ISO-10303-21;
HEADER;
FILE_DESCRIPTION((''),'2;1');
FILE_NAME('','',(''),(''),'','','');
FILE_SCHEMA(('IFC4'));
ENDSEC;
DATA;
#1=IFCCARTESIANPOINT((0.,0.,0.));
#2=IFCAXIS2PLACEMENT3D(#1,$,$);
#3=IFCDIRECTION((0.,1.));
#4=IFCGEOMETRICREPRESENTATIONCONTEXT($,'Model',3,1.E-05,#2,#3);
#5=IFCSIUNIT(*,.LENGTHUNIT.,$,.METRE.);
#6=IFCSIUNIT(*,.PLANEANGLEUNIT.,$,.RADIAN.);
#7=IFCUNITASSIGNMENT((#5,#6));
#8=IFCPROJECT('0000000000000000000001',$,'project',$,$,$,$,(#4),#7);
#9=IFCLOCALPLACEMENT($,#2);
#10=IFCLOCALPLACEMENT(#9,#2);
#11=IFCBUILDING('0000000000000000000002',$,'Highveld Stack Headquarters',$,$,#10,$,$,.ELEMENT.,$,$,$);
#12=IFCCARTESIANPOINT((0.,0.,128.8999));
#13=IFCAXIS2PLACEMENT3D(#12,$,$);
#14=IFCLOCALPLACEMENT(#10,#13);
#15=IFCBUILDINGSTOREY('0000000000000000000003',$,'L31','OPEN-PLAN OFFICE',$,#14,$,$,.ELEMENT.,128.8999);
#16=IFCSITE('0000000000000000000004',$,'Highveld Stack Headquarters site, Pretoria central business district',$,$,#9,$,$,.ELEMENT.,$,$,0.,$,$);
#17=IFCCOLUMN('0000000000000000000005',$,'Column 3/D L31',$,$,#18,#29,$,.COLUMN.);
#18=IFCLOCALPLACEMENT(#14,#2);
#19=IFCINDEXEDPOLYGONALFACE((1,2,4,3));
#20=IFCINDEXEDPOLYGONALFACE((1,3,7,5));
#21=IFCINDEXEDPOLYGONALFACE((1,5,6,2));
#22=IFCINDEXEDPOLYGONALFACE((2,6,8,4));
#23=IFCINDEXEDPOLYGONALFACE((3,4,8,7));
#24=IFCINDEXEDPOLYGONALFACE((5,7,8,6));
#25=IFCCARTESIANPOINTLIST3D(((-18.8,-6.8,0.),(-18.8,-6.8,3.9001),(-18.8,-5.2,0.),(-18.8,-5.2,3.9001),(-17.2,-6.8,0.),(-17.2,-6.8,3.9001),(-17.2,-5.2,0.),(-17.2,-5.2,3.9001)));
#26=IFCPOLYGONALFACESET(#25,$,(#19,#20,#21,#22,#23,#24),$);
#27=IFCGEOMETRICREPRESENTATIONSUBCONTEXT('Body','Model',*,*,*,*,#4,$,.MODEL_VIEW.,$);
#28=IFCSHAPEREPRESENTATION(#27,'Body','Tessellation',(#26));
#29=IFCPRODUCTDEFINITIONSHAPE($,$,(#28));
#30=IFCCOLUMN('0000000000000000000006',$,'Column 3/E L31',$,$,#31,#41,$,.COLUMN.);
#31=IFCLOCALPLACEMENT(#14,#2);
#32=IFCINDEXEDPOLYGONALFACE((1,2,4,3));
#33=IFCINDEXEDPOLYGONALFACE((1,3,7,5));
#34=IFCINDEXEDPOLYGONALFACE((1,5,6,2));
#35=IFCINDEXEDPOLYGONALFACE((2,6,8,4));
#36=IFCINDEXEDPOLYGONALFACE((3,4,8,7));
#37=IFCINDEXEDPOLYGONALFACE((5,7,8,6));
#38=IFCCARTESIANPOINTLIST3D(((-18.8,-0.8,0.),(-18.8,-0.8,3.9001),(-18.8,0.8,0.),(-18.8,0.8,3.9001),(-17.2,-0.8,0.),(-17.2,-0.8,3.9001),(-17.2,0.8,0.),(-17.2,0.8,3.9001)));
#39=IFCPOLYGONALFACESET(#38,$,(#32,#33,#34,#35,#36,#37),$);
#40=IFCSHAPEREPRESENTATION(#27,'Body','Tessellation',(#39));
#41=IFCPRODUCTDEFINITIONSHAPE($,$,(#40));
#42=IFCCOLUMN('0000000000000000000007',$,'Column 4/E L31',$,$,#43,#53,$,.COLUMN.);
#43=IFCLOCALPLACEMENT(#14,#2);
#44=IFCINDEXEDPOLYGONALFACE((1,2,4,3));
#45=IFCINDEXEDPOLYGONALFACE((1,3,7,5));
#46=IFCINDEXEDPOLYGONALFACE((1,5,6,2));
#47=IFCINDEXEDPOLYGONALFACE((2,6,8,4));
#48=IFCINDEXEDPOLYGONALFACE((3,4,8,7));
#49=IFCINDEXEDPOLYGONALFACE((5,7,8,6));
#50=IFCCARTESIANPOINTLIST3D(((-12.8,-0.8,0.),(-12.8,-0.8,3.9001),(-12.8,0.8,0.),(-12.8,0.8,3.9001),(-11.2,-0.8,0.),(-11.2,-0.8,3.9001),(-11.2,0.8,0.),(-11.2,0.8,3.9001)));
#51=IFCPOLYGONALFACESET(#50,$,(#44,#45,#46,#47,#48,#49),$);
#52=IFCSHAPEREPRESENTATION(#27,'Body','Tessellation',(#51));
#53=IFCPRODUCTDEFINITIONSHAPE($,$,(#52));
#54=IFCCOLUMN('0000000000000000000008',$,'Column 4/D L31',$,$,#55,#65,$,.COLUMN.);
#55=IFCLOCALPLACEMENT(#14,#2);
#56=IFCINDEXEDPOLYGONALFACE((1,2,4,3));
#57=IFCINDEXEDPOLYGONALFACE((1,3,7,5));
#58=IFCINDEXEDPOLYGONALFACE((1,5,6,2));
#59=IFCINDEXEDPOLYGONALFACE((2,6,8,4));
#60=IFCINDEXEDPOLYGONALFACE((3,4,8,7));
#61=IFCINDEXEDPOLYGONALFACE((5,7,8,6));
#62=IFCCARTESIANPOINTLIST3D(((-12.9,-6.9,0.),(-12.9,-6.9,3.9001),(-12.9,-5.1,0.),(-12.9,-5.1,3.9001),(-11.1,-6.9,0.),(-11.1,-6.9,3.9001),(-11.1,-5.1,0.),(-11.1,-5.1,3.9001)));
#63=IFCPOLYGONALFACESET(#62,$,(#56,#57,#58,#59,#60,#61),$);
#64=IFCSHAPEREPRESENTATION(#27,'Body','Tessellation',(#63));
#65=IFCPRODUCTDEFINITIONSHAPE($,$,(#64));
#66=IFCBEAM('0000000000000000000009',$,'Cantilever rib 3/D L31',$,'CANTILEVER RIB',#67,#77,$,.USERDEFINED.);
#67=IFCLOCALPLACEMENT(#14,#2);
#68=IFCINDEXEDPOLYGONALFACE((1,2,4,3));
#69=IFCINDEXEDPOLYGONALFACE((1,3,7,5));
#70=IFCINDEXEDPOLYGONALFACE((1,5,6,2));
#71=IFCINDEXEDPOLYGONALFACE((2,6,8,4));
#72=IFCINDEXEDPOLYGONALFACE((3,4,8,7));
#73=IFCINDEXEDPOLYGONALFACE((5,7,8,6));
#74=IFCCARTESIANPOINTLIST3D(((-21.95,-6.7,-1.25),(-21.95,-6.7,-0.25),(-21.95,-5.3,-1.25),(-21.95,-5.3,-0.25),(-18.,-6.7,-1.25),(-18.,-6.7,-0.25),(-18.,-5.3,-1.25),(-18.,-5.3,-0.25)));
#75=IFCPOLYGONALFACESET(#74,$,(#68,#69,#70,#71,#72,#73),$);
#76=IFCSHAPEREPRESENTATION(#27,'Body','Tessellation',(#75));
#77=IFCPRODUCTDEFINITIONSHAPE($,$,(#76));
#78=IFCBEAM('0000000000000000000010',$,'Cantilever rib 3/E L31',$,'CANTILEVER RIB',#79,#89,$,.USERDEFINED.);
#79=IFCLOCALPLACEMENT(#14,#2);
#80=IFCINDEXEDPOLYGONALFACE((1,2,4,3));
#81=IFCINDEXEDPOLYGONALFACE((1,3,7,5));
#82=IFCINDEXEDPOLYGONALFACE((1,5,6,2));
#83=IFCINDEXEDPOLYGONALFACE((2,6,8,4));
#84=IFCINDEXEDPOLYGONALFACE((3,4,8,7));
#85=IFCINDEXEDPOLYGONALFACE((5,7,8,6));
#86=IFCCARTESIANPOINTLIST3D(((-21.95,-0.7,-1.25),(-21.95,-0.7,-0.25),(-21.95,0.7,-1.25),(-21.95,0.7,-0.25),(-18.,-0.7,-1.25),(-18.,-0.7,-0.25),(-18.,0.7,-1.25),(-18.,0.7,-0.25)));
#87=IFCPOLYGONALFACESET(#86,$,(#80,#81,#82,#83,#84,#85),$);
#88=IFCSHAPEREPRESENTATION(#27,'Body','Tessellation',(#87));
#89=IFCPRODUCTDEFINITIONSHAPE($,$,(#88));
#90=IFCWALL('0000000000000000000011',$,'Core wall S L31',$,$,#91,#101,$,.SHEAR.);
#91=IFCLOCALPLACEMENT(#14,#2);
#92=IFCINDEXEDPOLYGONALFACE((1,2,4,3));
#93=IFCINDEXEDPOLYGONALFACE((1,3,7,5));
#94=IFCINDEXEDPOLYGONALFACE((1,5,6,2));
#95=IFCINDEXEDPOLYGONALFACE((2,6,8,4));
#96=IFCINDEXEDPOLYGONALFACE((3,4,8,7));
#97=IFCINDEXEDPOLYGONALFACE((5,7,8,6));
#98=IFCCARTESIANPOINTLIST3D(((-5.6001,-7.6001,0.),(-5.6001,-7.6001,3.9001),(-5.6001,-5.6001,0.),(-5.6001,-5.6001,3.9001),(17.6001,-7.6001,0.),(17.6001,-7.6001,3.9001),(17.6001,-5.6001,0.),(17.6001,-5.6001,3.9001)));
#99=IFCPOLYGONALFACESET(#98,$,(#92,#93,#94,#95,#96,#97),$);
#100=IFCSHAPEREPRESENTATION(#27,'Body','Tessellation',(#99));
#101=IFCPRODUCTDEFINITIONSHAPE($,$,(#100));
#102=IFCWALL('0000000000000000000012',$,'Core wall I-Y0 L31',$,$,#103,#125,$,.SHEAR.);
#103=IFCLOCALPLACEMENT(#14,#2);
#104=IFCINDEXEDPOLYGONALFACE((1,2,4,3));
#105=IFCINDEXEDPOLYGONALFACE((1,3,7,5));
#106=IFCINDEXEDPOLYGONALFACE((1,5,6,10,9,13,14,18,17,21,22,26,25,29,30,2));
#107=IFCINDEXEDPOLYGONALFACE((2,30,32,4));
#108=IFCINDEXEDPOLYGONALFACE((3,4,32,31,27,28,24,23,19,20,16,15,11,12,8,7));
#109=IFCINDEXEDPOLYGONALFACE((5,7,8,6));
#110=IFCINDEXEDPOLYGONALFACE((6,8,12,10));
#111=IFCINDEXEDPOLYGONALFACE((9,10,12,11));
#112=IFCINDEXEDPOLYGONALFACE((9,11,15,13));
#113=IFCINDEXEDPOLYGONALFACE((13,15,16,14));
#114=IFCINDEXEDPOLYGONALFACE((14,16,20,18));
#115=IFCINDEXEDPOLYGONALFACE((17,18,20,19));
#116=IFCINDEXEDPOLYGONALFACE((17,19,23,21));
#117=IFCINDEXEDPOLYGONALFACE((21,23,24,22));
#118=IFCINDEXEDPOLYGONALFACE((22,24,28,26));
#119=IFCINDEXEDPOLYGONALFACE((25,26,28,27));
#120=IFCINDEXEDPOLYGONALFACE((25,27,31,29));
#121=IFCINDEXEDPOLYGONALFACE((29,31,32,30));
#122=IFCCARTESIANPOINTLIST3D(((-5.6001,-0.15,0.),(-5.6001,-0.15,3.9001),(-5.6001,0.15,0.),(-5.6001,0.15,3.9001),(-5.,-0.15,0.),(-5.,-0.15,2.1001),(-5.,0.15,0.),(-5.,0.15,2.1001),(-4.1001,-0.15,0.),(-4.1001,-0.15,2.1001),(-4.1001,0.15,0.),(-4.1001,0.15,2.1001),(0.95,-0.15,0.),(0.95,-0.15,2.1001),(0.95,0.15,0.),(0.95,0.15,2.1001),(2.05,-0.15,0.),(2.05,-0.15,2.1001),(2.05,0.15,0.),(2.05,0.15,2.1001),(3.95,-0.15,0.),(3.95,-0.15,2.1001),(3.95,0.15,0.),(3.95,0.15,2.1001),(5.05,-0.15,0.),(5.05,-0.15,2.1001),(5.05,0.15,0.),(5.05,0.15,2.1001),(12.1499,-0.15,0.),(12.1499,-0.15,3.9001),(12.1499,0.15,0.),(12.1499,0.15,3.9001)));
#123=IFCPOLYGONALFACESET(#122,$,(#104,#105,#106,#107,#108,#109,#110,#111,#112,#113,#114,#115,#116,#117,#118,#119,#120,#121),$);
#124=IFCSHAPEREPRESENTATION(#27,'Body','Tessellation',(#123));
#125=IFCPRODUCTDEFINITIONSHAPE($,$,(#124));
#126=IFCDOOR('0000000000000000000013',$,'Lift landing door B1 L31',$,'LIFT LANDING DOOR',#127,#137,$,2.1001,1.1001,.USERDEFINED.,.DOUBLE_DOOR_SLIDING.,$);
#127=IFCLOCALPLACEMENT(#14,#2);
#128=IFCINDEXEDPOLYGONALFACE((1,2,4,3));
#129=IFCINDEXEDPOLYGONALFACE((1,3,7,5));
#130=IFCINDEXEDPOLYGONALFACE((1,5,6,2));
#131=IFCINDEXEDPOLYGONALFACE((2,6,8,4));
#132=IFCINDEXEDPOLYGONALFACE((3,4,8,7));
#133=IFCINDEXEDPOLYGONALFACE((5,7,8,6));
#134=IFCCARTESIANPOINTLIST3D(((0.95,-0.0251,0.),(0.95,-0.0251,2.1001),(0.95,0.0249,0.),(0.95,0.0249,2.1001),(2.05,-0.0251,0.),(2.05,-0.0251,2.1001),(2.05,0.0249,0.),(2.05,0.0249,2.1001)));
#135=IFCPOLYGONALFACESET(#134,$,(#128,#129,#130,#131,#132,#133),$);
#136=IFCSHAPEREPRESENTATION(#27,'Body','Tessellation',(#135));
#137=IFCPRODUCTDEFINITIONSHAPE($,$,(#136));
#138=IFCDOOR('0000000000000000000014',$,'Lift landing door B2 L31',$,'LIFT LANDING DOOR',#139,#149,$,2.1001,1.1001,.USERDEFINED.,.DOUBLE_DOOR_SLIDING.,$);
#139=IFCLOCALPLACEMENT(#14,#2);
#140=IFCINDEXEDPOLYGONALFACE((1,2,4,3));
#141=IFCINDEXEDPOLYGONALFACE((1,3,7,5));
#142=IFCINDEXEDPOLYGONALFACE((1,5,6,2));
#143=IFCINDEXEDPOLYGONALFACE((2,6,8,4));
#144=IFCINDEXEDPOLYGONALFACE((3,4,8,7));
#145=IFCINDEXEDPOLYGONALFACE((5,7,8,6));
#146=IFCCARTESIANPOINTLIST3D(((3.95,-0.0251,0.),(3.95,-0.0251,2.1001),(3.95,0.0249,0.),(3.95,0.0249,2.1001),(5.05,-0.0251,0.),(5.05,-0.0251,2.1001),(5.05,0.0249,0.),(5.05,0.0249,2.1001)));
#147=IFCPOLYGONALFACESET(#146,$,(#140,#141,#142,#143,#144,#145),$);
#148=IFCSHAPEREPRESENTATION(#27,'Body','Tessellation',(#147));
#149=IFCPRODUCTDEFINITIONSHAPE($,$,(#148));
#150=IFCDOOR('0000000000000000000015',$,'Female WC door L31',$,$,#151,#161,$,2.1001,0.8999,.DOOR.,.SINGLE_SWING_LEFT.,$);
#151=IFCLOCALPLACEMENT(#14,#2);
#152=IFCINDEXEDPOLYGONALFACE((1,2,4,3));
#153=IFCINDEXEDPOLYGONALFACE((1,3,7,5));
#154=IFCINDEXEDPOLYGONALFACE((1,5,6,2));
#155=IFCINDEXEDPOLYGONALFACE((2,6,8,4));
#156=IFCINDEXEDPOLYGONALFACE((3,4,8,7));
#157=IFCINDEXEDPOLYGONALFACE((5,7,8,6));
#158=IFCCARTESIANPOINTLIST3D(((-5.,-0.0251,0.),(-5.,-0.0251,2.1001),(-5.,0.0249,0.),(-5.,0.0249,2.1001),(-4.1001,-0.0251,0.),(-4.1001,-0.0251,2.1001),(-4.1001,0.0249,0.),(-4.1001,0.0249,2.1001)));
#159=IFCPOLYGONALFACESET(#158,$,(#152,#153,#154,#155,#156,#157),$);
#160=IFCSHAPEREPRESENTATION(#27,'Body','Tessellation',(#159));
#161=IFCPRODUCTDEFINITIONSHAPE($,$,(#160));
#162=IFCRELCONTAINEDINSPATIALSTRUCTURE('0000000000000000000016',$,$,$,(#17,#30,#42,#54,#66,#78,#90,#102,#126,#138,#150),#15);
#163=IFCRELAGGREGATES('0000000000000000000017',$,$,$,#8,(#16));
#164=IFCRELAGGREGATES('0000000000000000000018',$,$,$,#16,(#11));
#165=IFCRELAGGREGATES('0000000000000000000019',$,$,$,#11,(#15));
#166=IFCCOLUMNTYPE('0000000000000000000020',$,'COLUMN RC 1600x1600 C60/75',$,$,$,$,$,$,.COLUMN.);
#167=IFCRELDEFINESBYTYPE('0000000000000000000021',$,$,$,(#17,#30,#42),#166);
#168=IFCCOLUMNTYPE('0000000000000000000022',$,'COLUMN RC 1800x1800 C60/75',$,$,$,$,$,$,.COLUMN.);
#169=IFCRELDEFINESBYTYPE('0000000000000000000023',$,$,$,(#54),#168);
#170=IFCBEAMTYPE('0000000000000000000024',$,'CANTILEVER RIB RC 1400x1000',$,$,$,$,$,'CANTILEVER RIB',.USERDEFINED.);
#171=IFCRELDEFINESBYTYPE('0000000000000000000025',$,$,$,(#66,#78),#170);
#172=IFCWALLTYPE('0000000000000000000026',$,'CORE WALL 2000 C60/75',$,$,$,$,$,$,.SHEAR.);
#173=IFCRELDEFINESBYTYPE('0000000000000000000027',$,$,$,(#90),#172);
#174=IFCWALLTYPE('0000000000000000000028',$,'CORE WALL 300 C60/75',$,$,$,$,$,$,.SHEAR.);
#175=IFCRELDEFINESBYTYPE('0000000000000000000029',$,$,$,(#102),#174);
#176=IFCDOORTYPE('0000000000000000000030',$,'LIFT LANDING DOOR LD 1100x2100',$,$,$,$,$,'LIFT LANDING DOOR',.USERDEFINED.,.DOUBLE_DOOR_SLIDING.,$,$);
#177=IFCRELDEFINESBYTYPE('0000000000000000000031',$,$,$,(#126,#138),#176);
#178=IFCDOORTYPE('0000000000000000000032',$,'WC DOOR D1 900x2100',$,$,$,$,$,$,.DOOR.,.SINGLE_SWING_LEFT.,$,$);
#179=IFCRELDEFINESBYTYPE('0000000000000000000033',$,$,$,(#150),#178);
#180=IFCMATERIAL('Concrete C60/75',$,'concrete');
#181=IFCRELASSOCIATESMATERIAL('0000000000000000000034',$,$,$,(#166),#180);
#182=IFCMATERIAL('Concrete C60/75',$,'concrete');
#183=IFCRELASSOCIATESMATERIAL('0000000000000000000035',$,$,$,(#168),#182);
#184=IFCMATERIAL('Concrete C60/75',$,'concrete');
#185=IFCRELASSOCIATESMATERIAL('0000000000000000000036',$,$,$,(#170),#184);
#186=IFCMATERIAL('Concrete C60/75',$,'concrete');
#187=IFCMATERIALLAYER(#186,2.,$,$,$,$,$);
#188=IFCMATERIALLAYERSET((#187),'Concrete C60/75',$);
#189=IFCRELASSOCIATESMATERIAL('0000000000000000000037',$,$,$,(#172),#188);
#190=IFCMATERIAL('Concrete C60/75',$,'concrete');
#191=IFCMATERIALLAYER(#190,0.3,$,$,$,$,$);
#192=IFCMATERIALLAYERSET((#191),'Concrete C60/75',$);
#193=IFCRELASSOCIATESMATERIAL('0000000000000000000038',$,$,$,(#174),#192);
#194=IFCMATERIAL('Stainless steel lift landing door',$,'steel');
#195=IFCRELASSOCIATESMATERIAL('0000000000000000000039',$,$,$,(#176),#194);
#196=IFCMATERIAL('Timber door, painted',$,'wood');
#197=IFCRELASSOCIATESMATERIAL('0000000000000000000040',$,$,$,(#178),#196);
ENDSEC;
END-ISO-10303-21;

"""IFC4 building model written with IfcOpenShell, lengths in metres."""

from ifc_helpers import new_model, si_unit, direction, frame, frame_2d, origin, origin_2d, place, context, subcontext, project, spatial, rectangle, extrude, material, layer, layer_set, material_profile, profile_set, type_object, element, fill, save


model = new_model("IFC4")

# Units and contexts
model_context = context("Model", 3, precision=1e-05, world=origin(), true_north=direction((0.0, 1.0)))
body_context = subcontext(model_context, "Body", "Model", "MODEL_VIEW")
ifc_project = project(units=[si_unit("LENGTHUNIT", "METRE"), si_unit("PLANEANGLEUNIT", "RADIAN")], contexts=[model_context])

# Site, building, storey
site_placement = place(None, origin())
site = spatial("IfcSite", under=ifc_project, at=site_placement, Name="Highveld Stack Headquarters site, Pretoria central business district", CompositionType="ELEMENT", RefElevation=0.0)
building_placement = place(site_placement, origin())
building = spatial("IfcBuilding", under=site, at=building_placement, Name="Highveld Stack Headquarters", CompositionType="ELEMENT")
storey_placement = place(building_placement, frame((0.0, 0.0, 128.8999)))
storey = spatial("IfcBuildingStorey", under=building, at=storey_placement, Name="L31", Description="OPEN-PLAN OFFICE", CompositionType="ELEMENT", Elevation=128.8999)

# Columns
ifc_material_1 = material(Name="Concrete C60/75", Category="concrete")
ifc_material_profile_1 = material_profile(ifc_material_1, rectangle(XDim=1.6001, YDim=1.6001, at=origin_2d()), Name="RC 1600x1600")
ifc_profile_set_1 = profile_set([ifc_material_profile_1], Name="Concrete C60/75")
column_type_1 = type_object("IfcColumnType", Name="COLUMN RC 1600x1600 C60/75", PredefinedType="COLUMN", material=ifc_profile_set_1)
for number, where, z_axis, x_axis, name in (
    (1, (-18.0, -6.0, 0.0), (0.0, 0.0, 1.0), (1.0, 0.0, 0.0), "Column 3/D L31"),
    (2, (-18.0, 0.0, 0.0), (0.0, 0.0, 1.0), (1.0, 0.0, 0.0), "Column 3/E L31"),
    (3, (-12.0, 0.0, 0.0), (0.0, 0.0, 1.0), (1.0, 0.0, 0.0), "Column 4/E L31"),
):
    element("IfcColumn", number, at=place(storey_placement, frame(where, z_axis=z_axis, x_axis=x_axis)), inside=storey, type_object=column_type_1, Name=name, PredefinedType="COLUMN", context=body_context, shape_type="SweptSolid", body=[
        extrude(rectangle(XDim=1.6001, YDim=1.6001, at=origin_2d()), origin(), (0.0, 0.0, 1.0), 3.9001),
    ])
ifc_material_2 = material(Name="Concrete C60/75", Category="concrete")
ifc_material_profile_2 = material_profile(ifc_material_2, rectangle(XDim=1.8, YDim=1.8, at=origin_2d()), Name="RC 1800x1800")
ifc_profile_set_2 = profile_set([ifc_material_profile_2], Name="Concrete C60/75")
column_type_2 = type_object("IfcColumnType", Name="COLUMN RC 1800x1800 C60/75", PredefinedType="COLUMN", material=ifc_profile_set_2)
column_placement = place(storey_placement, frame((-12.0, -6.0, 0.0), z_axis=(0.0, 0.0, 1.0), x_axis=(1.0, 0.0, 0.0)))
element("IfcColumn", 4, at=column_placement, inside=storey, type_object=column_type_2, Name="Column 4/D L31", PredefinedType="COLUMN", context=body_context, shape_type="SweptSolid", body=[
    extrude(rectangle(XDim=1.8, YDim=1.8, at=origin_2d()), origin(), (0.0, 0.0, 1.0), 3.9001),
])

# Beams
ifc_material_3 = material(Name="Concrete C60/75", Category="concrete")
ifc_material_profile_3 = material_profile(ifc_material_3, rectangle(XDim=1.3999, YDim=1.0, at=origin_2d()), Name="RC 1400x1000")
ifc_profile_set_3 = profile_set([ifc_material_profile_3], Name="Concrete C60/75")
beam_type = type_object("IfcBeamType", Name="CANTILEVER RIB RC 1400x1000", ElementType="CANTILEVER RIB", PredefinedType="USERDEFINED", material=ifc_profile_set_3)
for number, where, z_axis, x_axis, name in (
    (5, (-18.0, -6.0, -0.75), (-1.0, 0.0, 0.0), (0.0, -1.0, 0.0), "Cantilever rib 3/D L31"),
    (6, (-18.0, 0.0, -0.75), (-1.0, 0.0, 0.0), (0.0, -1.0, 0.0), "Cantilever rib 3/E L31"),
):
    element("IfcBeam", number, at=place(storey_placement, frame(where, z_axis=z_axis, x_axis=x_axis)), inside=storey, type_object=beam_type, Name=name, ObjectType="CANTILEVER RIB", PredefinedType="USERDEFINED", context=body_context, shape_type="SweptSolid", body=[
        extrude(rectangle(XDim=1.3999, YDim=1.0, at=origin_2d()), origin(), (0.0, 0.0, 1.0), 3.95),
    ])

# Wall
ifc_material_4 = material(Name="Concrete C60/75", Category="concrete")
ifc_layer_1 = layer(ifc_material_4, 2.0)
ifc_layer_set_1 = layer_set([ifc_layer_1], Name="Concrete C60/75")
wall_type_1 = type_object("IfcWallType", Name="CORE WALL 2000 C60/75", PredefinedType="SHEAR", material=ifc_layer_set_1)
wall_1_placement = place(storey_placement, frame((-5.6001, -6.6001, 0.0), z_axis=(0.0, 0.0, 1.0), x_axis=(1.0, 0.0, 0.0)))
element("IfcWall", 7, at=wall_1_placement, inside=storey, type_object=wall_type_1, Name="Core wall S L31", PredefinedType="SHEAR", context=body_context, shape_type="SweptSolid", body=[
    extrude(rectangle(XDim=23.2002, YDim=2.0, at=frame_2d((11.6001, 0.0))), origin(), (0.0, 0.0, 1.0), 3.9001),
])

# Wall, openings, doors
ifc_material_5 = material(Name="Concrete C60/75", Category="concrete")
ifc_layer_2 = layer(ifc_material_5, 0.3)
ifc_layer_set_2 = layer_set([ifc_layer_2], Name="Concrete C60/75")
wall_type_2 = type_object("IfcWallType", Name="CORE WALL 300 C60/75", PredefinedType="SHEAR", material=ifc_layer_set_2)
wall_2_placement = place(storey_placement, frame((-5.6001, 0.0, 0.0), z_axis=(0.0, 0.0, 1.0), x_axis=(1.0, 0.0, 0.0)))
wall_2 = element("IfcWall", 8, at=wall_2_placement, inside=storey, type_object=wall_type_2, Name="Core wall I-Y0 L31", PredefinedType="SHEAR", context=body_context, shape_type="SweptSolid", body=[
    extrude(rectangle(XDim=17.75, YDim=0.3, at=frame_2d((8.875, 0.0))), origin(), (0.0, 0.0, 1.0), 3.9001),
])
opening_1_placement = place(wall_2_placement, frame((0.6001, 0.0, 0.0)))
opening_1 = element("IfcOpeningElement", 9, at=opening_1_placement, cuts=wall_2, PredefinedType="OPENING", context=body_context, shape_type="SweptSolid", body=[
    extrude(rectangle(XDim=0.8999, YDim=2.1001, at=frame_2d((0.45, 1.05))), frame((0.0, 0.1599, 0.0), z_axis=(0.0, -1.0, 0.0), x_axis=(1.0, 0.0, 0.0)), (0.0, 0.0, 1.0), 0.3201),
])
opening_2_placement = place(wall_2_placement, frame((6.55, 0.0, 0.0)))
opening_2 = element("IfcOpeningElement", 10, at=opening_2_placement, cuts=wall_2, PredefinedType="OPENING", context=body_context, shape_type="SweptSolid", body=[
    extrude(rectangle(XDim=1.1001, YDim=2.1001, at=frame_2d((0.55, 1.05))), frame((0.0, 0.1599, 0.0), z_axis=(0.0, -1.0, 0.0), x_axis=(1.0, 0.0, 0.0)), (0.0, 0.0, 1.0), 0.3201),
])
opening_3_placement = place(wall_2_placement, frame((9.55, 0.0, 0.0)))
opening_3 = element("IfcOpeningElement", 11, at=opening_3_placement, cuts=wall_2, PredefinedType="OPENING", context=body_context, shape_type="SweptSolid", body=[
    extrude(rectangle(XDim=1.1001, YDim=2.1001, at=frame_2d((0.55, 1.05))), frame((0.0, 0.1599, 0.0), z_axis=(0.0, -1.0, 0.0), x_axis=(1.0, 0.0, 0.0)), (0.0, 0.0, 1.0), 0.3201),
])
ifc_material_6 = material(Name="Stainless steel lift landing door", Category="steel")
door_type_1 = type_object("IfcDoorType", Name="LIFT LANDING DOOR LD 1100x2100", ElementType="LIFT LANDING DOOR", OperationType="DOUBLE_DOOR_SLIDING", PredefinedType="USERDEFINED", material=ifc_material_6)
door_1_placement = place(opening_2_placement, origin())
door_1 = element("IfcDoor", 12, at=door_1_placement, inside=storey, type_object=door_type_1, Name="Lift landing door B1 L31", ObjectType="LIFT LANDING DOOR", OperationType="DOUBLE_DOOR_SLIDING", OverallHeight=2.1001, OverallWidth=1.1001, PredefinedType="USERDEFINED", context=body_context, shape_type="SweptSolid", body=[
    extrude(rectangle(XDim=1.1001, YDim=2.1001, at=frame_2d((0.55, 1.05))), frame((0.0, 0.0249, 0.0), z_axis=(0.0, -1.0, 0.0), x_axis=(1.0, 0.0, 0.0)), (0.0, 0.0, 1.0), 0.05),
])
fill(opening_2, door_1)
door_2_placement = place(opening_3_placement, origin())
door_2 = element("IfcDoor", 13, at=door_2_placement, inside=storey, type_object=door_type_1, Name="Lift landing door B2 L31", ObjectType="LIFT LANDING DOOR", OperationType="DOUBLE_DOOR_SLIDING", OverallHeight=2.1001, OverallWidth=1.1001, PredefinedType="USERDEFINED", context=body_context, shape_type="SweptSolid", body=[
    extrude(rectangle(XDim=1.1001, YDim=2.1001, at=frame_2d((0.55, 1.05))), frame((0.0, 0.0249, 0.0), z_axis=(0.0, -1.0, 0.0), x_axis=(1.0, 0.0, 0.0)), (0.0, 0.0, 1.0), 0.05),
])
fill(opening_3, door_2)
ifc_material_7 = material(Name="Timber door, painted", Category="wood")
door_type_2 = type_object("IfcDoorType", Name="WC DOOR D1 900x2100", OperationType="SINGLE_SWING_LEFT", PredefinedType="DOOR", material=ifc_material_7)
door_3_placement = place(opening_1_placement, origin())
door_3 = element("IfcDoor", 14, at=door_3_placement, inside=storey, type_object=door_type_2, Name="Female WC door L31", OperationType="SINGLE_SWING_LEFT", OverallHeight=2.1001, OverallWidth=0.8999, PredefinedType="DOOR", context=body_context, shape_type="SweptSolid", body=[
    extrude(rectangle(XDim=0.8999, YDim=2.1001, at=frame_2d((0.45, 1.05))), frame((0.0, 0.0249, 0.0), z_axis=(0.0, -1.0, 0.0), x_axis=(1.0, 0.0, 0.0)), (0.0, 0.0, 1.0), 0.05),
])
fill(opening_1, door_3)

save(model, "model.ifc")
